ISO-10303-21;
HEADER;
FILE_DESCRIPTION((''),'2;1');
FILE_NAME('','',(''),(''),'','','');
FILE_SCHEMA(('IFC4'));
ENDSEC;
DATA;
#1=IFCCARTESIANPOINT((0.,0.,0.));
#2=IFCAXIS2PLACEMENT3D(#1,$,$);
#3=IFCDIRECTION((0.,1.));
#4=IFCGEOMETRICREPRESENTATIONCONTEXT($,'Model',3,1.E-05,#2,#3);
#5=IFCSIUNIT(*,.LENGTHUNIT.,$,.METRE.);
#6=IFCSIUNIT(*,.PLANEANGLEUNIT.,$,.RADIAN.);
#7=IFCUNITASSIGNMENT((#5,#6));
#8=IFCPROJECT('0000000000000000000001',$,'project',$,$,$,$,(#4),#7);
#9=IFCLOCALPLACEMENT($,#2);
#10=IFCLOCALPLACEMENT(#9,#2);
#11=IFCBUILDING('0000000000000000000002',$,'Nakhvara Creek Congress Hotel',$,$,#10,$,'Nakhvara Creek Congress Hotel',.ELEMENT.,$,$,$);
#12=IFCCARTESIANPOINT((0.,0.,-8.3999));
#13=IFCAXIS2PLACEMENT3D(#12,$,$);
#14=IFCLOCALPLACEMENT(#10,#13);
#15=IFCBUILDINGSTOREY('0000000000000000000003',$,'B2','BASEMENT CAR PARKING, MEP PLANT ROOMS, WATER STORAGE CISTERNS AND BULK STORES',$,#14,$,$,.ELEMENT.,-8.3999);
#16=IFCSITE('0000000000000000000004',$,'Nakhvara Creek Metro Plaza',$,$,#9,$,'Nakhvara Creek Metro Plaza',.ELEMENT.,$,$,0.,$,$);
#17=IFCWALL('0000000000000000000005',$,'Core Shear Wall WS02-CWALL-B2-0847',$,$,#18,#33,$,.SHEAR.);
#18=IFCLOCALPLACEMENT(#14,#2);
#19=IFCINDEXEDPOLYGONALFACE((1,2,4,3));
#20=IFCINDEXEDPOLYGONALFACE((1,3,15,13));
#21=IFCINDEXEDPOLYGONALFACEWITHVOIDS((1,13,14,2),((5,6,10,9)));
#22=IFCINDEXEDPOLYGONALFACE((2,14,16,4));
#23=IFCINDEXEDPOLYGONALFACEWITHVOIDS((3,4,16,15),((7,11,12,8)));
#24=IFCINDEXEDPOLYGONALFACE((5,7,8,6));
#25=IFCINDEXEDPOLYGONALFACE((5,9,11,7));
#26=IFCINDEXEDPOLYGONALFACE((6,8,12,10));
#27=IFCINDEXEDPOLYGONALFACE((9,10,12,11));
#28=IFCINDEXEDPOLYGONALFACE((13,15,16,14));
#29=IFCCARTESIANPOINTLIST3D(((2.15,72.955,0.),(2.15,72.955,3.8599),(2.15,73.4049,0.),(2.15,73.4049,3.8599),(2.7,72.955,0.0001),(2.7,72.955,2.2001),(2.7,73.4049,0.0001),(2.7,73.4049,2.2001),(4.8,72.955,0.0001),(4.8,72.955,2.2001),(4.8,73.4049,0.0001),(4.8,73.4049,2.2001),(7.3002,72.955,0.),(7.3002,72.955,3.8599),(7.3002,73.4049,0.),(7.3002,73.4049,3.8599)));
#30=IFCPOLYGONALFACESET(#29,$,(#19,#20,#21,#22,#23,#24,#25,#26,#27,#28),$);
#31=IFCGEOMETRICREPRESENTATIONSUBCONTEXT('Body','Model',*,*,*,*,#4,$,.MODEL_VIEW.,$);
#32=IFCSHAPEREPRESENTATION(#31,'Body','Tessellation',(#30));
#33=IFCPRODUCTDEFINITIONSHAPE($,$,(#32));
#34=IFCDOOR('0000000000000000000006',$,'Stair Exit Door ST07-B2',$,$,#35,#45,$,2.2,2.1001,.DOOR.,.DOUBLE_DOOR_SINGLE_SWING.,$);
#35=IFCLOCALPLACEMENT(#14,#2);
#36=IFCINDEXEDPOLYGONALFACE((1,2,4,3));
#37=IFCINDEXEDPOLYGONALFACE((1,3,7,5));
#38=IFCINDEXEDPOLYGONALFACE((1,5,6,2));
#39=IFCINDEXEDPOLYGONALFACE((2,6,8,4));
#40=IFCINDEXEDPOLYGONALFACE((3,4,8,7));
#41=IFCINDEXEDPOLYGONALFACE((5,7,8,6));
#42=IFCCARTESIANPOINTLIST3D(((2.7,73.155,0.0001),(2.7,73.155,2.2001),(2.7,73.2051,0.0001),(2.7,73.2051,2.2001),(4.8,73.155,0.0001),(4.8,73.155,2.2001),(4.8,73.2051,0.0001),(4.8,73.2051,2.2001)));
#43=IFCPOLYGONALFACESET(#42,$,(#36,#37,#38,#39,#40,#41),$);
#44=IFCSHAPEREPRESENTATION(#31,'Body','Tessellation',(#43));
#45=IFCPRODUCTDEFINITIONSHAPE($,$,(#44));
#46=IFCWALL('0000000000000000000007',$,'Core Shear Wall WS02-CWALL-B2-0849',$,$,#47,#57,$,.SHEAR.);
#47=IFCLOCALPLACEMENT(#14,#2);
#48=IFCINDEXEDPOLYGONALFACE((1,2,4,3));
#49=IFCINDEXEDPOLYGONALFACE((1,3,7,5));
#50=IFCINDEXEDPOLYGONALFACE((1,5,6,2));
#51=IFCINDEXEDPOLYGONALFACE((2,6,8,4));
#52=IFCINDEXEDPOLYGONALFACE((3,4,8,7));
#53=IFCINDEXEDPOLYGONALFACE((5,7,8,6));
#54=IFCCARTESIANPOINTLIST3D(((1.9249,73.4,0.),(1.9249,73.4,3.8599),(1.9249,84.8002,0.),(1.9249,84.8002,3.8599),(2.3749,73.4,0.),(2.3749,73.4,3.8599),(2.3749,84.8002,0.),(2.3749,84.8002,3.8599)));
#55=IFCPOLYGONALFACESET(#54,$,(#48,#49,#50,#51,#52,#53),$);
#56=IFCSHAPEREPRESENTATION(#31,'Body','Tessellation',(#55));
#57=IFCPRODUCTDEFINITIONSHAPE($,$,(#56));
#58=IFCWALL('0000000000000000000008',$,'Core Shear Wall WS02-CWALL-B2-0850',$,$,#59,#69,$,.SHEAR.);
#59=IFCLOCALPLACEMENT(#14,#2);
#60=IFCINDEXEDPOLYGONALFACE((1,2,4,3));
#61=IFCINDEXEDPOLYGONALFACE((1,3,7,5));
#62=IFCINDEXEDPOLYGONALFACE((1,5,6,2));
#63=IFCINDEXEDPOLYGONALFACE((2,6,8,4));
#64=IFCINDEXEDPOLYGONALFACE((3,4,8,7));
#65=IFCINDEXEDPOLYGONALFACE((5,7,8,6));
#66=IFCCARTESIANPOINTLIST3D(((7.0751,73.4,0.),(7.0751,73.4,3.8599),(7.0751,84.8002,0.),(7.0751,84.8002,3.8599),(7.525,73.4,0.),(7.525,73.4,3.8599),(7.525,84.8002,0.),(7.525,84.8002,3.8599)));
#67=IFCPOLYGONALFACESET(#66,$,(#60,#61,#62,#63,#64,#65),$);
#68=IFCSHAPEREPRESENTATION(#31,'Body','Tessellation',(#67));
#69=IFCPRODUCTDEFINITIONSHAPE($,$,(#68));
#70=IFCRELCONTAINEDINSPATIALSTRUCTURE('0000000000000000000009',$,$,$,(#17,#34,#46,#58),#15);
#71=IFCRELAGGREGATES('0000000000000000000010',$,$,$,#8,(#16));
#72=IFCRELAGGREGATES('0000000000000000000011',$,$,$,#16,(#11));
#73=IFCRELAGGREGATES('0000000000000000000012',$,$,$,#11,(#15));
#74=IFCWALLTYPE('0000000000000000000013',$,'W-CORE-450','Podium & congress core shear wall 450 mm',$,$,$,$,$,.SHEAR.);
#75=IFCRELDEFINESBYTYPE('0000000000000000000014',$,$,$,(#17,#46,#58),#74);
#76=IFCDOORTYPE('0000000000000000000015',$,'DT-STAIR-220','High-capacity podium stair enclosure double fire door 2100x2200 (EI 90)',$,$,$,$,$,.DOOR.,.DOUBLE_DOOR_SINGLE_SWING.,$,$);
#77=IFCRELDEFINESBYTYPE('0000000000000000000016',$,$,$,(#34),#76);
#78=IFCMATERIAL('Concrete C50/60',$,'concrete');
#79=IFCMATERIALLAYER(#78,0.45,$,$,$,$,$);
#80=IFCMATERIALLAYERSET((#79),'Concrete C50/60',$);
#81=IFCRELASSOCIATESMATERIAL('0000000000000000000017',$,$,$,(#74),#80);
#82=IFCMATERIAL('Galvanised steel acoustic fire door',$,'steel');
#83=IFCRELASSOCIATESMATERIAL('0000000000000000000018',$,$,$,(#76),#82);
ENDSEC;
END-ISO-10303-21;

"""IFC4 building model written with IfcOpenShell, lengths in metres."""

from ifc_helpers import new_model, si_unit, direction, frame, frame_2d, origin, place, context, subcontext, project, spatial, rectangle, extrude, material, layer, layer_set, type_object, element, fill, save


model = new_model("IFC4")

# Units and contexts
model_context = context("Model", 3, precision=1e-05, world=origin(), true_north=direction((0.0, 1.0)))
body_context = subcontext(model_context, "Body", "Model", "MODEL_VIEW")
ifc_project = project(units=[si_unit("LENGTHUNIT", "METRE"), si_unit("PLANEANGLEUNIT", "RADIAN")], contexts=[model_context])

# Site, building, storey
site_placement = place(None, origin())
site = spatial("IfcSite", under=ifc_project, at=site_placement, Name="Nakhvara Creek Metro Plaza", LongName="Nakhvara Creek Metro Plaza", CompositionType="ELEMENT", RefElevation=0.0)
building_placement = place(site_placement, origin())
building = spatial("IfcBuilding", under=site, at=building_placement, Name="Nakhvara Creek Congress Hotel", LongName="Nakhvara Creek Congress Hotel", CompositionType="ELEMENT")
storey_placement = place(building_placement, frame((0.0, 0.0, -8.3999)))
storey = spatial("IfcBuildingStorey", under=building, at=storey_placement, Name="B2", Description="BASEMENT CAR PARKING, MEP PLANT ROOMS, WATER STORAGE CISTERNS AND BULK STORES", CompositionType="ELEMENT", Elevation=-8.3999)

# Shared definitions
ifc_material_1 = material(Name="Concrete C50/60", Category="concrete")

# Wall, opening, door
ifc_layer = layer(ifc_material_1, 0.45)
ifc_layer_set = layer_set([ifc_layer], Name="Concrete C50/60")
wall_type = type_object("IfcWallType", Name="W-CORE-450", Description="Podium & congress core shear wall 450 mm", PredefinedType="SHEAR", material=ifc_layer_set)
wall_placement = place(storey_placement, frame((2.1499, 73.1799, 0.0), z_axis=(0.0, 0.0, 1.0), x_axis=(1.0, 0.0, 0.0)))
wall = element("IfcWall", 1, at=wall_placement, inside=storey, type_object=wall_type, Name="Core Shear Wall WS02-CWALL-B2-0847", PredefinedType="SHEAR", context=body_context, shape_type="SweptSolid", body=[
    extrude(rectangle(XDim=5.1501, YDim=0.45, at=frame_2d((2.5752, 0.0))), origin(), (0.0, 0.0, 1.0), 3.8599),
])
opening_placement = place(wall_placement, frame((0.55, 0.0, 0.0)))
opening = element("IfcOpeningElement", 2, at=opening_placement, cuts=wall, PredefinedType="OPENING", context=body_context, shape_type="SweptSolid", body=[
    extrude(rectangle(XDim=2.1001, YDim=2.2, at=frame_2d((1.05, 1.1001))), frame((0.0, 0.2368, 0.0), z_axis=(0.0, -1.0, 0.0), x_axis=(1.0, 0.0, 0.0)), (0.0, 0.0, 1.0), 0.4739),
])
ifc_material_2 = material(Name="Galvanised steel acoustic fire door", Category="steel")
door_type = type_object("IfcDoorType", Name="DT-STAIR-220", Description="High-capacity podium stair enclosure double fire door 2100x2200 (EI 90)", OperationType="DOUBLE_DOOR_SINGLE_SWING", PredefinedType="DOOR", material=ifc_material_2)
door_placement = place(opening_placement, frame((2.1001, 0.0, 0.0), z_axis=(0.0, 0.0, 1.0), x_axis=(-1.0, 0.0, 0.0)))
door = element("IfcDoor", 3, at=door_placement, inside=storey, type_object=door_type, Name="Stair Exit Door ST07-B2", OperationType="DOUBLE_DOOR_SINGLE_SWING", OverallHeight=2.2, OverallWidth=2.1001, PredefinedType="DOOR", context=body_context, shape_type="SweptSolid", body=[
    extrude(rectangle(XDim=2.1001, YDim=2.2, at=frame_2d((1.05, 1.1001))), frame((0.0, 0.0249, 0.0), z_axis=(0.0, -1.0, 0.0), x_axis=(1.0, 0.0, 0.0)), (0.0, 0.0, 1.0), 0.05),
])
fill(opening, door)

# Walls
for number, where, z_axis, x_axis, name in (
    (4, (2.1499, 73.3999, 0.0), (0.0, 0.0, 1.0), (0.0, 1.0, 0.0), "Core Shear Wall WS02-CWALL-B2-0849"),
    (5, (7.3, 73.3999, 0.0), (0.0, 0.0, 1.0), (0.0, 1.0, 0.0), "Core Shear Wall WS02-CWALL-B2-0850"),
):
    element("IfcWall", number, at=place(storey_placement, frame(where, z_axis=z_axis, x_axis=x_axis)), inside=storey, type_object=wall_type, Name=name, PredefinedType="SHEAR", context=body_context, shape_type="SweptSolid", body=[
        extrude(rectangle(XDim=11.4001, YDim=0.45, at=frame_2d((5.7002, 0.0))), origin(), (0.0, 0.0, 1.0), 3.8599),
    ])

save(model, "model.ifc")
